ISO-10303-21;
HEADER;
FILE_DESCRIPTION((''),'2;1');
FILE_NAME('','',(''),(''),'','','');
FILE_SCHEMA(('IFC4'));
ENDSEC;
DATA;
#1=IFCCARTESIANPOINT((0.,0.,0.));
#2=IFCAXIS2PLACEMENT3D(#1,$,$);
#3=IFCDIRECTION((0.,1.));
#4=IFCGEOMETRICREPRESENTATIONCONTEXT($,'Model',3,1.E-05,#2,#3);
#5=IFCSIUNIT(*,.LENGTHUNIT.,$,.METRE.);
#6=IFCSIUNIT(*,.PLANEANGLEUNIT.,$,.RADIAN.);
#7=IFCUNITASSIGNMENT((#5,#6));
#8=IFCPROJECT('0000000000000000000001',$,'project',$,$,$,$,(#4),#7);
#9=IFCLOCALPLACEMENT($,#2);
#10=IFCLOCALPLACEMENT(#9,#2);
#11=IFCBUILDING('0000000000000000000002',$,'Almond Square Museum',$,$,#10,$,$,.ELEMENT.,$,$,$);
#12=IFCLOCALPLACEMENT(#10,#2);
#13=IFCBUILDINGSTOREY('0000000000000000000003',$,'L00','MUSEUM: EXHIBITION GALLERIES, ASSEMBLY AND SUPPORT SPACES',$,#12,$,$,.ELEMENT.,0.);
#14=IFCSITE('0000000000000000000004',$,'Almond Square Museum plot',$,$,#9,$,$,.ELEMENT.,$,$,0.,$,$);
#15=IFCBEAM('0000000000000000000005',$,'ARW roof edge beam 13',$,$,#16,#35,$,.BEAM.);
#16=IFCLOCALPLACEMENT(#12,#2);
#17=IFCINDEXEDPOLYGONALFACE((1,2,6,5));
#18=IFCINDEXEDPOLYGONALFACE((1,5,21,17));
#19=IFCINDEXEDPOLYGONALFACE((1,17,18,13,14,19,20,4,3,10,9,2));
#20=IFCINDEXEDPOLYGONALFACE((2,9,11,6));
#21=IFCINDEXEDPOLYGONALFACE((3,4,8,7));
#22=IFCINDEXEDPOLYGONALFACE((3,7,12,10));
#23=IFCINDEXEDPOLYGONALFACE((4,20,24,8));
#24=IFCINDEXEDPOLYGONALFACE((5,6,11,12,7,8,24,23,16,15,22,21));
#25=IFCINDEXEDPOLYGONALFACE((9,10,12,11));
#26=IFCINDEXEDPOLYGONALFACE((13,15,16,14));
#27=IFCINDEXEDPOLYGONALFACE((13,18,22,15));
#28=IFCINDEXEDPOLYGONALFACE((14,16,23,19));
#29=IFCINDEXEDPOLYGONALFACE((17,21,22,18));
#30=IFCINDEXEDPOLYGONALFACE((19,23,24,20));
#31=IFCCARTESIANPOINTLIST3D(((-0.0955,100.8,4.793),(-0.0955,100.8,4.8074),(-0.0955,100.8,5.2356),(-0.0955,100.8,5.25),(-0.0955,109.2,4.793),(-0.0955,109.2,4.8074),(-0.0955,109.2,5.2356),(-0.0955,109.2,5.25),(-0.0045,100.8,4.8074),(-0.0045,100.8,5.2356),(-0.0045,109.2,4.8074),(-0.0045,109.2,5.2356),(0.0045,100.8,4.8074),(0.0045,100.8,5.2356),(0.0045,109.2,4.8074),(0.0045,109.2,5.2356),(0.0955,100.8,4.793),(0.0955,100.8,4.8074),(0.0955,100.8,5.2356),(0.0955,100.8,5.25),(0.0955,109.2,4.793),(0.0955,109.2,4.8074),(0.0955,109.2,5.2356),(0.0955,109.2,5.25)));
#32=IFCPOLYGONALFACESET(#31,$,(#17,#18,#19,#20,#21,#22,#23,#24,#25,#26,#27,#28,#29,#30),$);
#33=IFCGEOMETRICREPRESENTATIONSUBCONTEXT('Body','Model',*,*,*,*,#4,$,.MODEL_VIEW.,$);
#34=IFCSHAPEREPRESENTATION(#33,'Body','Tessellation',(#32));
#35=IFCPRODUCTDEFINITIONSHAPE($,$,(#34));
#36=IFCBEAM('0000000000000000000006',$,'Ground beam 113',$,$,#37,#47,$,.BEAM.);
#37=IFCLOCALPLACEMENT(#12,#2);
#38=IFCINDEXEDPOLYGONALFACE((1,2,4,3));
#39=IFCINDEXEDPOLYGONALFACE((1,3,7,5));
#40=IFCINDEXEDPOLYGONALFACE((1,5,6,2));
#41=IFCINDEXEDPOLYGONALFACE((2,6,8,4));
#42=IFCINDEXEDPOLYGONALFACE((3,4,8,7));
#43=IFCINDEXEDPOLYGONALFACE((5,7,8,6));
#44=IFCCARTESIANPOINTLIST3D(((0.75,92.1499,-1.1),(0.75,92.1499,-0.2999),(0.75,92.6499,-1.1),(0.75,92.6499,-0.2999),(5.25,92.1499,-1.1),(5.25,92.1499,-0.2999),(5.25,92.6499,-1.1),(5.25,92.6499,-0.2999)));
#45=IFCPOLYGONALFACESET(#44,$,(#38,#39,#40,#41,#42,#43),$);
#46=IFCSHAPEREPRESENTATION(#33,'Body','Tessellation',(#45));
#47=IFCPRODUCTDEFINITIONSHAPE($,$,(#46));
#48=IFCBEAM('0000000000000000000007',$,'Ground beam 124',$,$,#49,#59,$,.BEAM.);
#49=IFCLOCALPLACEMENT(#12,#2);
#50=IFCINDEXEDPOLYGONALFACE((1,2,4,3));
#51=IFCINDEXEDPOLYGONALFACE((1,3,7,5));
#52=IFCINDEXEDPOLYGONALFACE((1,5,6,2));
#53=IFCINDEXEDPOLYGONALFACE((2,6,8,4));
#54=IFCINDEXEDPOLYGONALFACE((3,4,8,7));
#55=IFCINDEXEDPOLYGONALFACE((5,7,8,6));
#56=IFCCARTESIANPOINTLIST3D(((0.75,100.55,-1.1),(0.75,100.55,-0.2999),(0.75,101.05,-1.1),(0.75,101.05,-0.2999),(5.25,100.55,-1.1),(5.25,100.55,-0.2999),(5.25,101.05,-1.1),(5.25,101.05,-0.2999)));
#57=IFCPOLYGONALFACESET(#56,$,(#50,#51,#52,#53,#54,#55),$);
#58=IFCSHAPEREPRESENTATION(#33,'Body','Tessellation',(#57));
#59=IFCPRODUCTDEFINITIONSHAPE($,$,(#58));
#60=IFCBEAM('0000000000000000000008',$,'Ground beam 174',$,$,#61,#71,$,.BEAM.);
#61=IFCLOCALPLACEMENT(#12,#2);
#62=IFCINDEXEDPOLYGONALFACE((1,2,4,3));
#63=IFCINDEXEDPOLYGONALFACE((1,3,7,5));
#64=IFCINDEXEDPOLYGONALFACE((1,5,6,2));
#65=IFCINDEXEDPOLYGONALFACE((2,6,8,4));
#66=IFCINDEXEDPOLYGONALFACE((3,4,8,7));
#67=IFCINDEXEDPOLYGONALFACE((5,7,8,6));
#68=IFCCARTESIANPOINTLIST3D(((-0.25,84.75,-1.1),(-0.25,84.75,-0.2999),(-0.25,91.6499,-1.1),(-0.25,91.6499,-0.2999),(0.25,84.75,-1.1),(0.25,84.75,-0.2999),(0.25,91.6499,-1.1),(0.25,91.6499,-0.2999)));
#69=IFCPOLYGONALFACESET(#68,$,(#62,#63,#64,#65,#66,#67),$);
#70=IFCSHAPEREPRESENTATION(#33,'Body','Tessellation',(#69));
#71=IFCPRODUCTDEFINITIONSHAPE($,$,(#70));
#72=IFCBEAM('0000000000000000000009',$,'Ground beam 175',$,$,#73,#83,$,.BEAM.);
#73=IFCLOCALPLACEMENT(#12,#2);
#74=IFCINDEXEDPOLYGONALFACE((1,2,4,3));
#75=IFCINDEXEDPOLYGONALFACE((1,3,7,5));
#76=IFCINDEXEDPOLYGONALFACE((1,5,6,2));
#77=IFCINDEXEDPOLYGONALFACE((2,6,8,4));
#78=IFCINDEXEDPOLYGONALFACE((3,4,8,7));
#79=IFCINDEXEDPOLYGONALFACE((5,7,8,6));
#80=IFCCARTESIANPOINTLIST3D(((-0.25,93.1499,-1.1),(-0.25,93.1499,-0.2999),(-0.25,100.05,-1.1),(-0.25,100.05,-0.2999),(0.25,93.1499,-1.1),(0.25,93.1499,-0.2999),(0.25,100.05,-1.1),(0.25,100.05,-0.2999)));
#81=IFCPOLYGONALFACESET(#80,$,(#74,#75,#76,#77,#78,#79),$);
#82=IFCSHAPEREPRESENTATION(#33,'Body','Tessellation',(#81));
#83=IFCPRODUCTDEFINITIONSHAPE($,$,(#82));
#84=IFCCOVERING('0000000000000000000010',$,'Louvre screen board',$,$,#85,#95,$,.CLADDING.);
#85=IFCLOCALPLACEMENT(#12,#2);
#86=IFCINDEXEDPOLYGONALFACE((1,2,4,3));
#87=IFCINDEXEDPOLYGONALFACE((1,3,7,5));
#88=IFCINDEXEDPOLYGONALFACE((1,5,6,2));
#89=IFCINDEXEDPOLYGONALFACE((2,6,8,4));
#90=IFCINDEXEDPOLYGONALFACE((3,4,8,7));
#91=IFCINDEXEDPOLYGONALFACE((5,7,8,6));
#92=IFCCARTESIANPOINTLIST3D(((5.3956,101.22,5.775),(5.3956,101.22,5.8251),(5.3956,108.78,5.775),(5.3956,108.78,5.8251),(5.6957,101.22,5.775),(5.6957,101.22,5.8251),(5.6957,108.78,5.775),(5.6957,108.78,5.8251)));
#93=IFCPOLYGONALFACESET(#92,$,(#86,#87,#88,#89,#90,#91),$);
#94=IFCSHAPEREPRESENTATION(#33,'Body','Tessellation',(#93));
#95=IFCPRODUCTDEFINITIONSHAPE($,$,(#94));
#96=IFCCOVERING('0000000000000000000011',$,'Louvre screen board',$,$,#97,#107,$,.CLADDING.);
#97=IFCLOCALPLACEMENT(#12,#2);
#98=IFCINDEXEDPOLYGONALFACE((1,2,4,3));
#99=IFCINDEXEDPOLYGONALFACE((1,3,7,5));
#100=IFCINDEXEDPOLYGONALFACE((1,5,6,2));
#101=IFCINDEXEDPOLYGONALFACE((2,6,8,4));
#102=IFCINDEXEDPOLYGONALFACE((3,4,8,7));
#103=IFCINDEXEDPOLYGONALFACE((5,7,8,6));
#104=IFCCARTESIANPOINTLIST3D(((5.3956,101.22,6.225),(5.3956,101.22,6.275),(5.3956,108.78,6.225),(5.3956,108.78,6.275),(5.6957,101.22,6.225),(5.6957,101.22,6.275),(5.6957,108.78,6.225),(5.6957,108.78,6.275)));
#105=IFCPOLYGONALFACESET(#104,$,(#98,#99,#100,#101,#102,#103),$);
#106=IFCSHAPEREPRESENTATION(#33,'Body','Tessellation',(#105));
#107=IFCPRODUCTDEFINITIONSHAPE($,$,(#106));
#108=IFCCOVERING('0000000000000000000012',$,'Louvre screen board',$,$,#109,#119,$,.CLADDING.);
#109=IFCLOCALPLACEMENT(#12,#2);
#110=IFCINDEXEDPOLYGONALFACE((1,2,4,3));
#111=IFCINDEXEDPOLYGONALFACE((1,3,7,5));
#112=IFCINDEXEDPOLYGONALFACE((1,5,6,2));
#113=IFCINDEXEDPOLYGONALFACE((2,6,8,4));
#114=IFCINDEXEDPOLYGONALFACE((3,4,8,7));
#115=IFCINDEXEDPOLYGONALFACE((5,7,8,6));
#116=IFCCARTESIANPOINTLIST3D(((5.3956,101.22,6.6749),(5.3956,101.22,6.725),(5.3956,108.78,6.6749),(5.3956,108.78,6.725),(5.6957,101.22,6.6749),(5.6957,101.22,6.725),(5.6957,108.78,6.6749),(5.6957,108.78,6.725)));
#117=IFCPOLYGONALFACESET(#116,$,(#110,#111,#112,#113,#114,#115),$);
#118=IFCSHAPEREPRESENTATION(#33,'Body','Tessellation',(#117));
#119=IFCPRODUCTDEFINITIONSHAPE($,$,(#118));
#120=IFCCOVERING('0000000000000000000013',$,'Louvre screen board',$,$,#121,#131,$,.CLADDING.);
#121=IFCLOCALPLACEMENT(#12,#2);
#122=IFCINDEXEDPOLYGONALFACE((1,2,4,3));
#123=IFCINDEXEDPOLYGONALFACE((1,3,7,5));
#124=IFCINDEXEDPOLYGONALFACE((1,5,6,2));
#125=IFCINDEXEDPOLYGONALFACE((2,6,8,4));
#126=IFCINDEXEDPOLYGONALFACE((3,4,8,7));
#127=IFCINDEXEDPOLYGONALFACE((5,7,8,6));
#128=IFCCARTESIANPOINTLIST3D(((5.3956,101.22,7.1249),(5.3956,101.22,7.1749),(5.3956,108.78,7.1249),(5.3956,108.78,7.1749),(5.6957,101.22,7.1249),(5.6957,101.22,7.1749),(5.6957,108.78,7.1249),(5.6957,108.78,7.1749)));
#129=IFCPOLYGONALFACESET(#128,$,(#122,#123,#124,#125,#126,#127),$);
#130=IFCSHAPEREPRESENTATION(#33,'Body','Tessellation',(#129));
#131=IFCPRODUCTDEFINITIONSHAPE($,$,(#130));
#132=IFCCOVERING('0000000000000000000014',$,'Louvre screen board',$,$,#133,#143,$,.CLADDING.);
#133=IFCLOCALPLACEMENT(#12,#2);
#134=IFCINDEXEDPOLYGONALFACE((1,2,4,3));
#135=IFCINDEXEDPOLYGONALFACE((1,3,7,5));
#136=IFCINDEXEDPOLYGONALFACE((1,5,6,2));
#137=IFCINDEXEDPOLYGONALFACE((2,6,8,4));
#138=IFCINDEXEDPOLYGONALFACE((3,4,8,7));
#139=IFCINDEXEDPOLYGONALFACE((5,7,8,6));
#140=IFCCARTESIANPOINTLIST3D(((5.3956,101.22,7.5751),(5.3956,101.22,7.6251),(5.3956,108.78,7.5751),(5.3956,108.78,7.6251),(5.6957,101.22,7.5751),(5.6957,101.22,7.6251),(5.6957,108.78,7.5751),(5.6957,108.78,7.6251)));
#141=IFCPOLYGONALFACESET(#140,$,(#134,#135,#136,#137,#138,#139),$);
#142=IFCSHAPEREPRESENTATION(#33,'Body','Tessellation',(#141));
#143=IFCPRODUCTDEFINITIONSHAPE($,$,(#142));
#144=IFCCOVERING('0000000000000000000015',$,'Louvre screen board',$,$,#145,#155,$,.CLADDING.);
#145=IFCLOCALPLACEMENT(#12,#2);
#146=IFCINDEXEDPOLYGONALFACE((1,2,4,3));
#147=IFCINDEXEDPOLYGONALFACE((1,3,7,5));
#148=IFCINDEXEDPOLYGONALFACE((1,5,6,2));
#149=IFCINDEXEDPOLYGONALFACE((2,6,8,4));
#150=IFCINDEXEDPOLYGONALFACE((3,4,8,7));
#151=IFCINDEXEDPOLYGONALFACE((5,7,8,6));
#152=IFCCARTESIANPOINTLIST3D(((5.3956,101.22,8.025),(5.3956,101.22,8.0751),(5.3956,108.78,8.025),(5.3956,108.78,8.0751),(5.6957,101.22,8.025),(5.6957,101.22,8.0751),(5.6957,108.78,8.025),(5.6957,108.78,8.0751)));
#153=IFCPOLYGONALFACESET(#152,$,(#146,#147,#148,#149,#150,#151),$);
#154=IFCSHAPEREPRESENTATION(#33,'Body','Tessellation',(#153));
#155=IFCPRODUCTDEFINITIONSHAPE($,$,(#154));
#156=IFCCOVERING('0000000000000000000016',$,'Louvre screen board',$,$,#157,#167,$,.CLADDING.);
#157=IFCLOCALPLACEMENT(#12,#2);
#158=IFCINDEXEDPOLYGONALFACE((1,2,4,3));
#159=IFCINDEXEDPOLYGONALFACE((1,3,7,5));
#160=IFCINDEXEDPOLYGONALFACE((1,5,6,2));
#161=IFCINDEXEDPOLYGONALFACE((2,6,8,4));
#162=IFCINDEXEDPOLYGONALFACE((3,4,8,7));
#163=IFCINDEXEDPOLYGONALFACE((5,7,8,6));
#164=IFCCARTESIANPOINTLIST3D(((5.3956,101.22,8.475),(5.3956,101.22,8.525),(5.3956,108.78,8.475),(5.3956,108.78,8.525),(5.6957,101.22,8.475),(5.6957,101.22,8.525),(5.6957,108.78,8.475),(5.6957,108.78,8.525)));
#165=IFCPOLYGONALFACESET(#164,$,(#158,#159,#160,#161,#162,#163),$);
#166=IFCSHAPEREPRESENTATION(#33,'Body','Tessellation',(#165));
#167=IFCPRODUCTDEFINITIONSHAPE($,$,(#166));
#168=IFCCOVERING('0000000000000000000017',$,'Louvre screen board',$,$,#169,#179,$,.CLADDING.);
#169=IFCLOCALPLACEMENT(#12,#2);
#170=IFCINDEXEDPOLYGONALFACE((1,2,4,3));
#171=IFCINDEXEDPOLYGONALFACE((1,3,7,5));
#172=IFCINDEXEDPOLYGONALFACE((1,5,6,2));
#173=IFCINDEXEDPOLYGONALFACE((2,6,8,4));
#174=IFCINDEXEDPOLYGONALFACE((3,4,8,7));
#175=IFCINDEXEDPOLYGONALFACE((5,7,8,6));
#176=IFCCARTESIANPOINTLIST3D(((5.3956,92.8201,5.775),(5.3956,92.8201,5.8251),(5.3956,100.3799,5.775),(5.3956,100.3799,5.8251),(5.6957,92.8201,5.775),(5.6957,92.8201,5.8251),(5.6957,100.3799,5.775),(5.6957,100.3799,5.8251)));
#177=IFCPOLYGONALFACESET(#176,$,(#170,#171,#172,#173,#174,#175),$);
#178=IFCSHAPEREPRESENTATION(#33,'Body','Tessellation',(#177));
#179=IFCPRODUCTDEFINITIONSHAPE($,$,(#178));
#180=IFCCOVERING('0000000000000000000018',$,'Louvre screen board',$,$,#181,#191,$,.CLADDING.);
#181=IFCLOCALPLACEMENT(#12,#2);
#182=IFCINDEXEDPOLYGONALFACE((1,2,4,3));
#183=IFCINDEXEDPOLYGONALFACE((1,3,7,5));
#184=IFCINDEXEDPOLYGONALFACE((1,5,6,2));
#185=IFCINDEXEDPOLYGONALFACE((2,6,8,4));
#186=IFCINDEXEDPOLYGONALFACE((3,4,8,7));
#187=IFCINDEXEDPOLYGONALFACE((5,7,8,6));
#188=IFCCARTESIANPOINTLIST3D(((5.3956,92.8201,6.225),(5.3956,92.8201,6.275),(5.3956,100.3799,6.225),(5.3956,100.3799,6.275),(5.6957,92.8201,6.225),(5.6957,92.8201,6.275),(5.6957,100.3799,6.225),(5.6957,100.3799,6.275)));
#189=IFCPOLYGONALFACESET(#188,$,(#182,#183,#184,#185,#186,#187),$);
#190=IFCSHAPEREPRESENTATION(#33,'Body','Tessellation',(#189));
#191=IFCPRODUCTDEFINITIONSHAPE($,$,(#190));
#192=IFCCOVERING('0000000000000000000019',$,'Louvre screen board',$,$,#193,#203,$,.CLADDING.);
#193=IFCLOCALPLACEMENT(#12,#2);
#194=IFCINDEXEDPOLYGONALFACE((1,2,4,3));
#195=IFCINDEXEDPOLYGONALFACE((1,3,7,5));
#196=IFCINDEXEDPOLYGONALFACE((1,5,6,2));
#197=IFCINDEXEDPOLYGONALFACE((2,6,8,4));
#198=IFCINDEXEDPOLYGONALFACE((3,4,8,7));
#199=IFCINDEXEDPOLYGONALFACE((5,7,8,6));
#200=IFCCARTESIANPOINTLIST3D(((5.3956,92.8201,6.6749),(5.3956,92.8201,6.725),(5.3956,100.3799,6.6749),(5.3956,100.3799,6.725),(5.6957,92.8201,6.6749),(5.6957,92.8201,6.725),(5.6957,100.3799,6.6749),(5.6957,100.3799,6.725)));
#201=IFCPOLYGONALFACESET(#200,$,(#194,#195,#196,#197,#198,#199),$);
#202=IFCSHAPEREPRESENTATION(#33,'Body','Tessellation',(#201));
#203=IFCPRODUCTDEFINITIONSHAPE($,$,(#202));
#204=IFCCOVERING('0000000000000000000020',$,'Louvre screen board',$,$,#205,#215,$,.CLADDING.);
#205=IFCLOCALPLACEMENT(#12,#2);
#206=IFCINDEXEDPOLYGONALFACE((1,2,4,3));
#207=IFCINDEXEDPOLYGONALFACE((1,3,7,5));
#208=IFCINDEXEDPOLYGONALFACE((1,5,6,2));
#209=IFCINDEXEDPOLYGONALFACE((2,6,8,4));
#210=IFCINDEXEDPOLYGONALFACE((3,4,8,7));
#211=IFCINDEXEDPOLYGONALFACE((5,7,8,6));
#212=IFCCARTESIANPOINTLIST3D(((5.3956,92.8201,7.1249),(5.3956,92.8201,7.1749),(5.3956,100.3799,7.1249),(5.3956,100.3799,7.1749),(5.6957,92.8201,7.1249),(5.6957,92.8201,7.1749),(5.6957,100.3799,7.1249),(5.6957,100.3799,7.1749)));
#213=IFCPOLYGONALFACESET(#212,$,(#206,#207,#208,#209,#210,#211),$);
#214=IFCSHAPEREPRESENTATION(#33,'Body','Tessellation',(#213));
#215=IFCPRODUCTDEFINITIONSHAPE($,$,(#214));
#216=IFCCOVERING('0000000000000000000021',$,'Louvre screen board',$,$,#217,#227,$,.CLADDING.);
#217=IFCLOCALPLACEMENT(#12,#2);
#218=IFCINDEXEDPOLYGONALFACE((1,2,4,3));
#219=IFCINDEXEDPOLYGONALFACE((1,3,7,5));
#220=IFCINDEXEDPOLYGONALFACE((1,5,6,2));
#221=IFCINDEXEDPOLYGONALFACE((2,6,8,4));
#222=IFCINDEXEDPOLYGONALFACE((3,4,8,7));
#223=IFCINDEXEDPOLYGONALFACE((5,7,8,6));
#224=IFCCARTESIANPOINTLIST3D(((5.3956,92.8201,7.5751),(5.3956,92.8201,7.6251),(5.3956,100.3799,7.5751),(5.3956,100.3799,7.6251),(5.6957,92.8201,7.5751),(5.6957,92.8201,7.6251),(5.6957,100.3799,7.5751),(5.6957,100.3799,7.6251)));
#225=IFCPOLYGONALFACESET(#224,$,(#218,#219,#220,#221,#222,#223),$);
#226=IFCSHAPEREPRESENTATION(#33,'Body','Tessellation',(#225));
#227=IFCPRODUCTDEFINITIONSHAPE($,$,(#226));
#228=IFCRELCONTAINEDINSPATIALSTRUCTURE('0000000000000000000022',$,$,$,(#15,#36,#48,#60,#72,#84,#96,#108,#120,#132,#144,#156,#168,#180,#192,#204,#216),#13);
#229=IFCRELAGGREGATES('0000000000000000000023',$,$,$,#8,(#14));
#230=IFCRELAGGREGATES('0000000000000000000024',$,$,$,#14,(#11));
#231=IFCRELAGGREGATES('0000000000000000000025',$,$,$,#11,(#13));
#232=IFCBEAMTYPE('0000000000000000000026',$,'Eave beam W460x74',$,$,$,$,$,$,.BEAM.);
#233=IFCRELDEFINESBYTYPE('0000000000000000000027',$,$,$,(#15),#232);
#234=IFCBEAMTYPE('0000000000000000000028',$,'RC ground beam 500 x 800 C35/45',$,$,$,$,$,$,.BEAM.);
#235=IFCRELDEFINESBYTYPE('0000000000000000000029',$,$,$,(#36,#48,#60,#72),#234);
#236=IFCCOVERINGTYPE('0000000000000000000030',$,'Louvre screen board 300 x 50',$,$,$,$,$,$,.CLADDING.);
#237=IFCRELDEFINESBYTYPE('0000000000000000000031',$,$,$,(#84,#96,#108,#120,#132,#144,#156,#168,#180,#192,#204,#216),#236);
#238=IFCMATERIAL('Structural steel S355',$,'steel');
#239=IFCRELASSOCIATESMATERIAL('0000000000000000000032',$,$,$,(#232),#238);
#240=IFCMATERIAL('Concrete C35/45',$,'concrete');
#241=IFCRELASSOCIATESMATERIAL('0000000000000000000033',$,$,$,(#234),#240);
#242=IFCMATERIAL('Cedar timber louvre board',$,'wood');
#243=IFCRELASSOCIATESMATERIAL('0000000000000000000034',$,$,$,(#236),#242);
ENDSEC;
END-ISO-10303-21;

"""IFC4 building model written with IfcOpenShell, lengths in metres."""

from ifc_helpers import new_model, si_unit, direction, frame, origin, origin_2d, place, context, subcontext, project, spatial, rectangle, i_section, extrude, material, material_profile, profile_set, type_object, element, save


model = new_model("IFC4")

# Units and contexts
model_context = context("Model", 3, precision=1e-05, world=origin(), true_north=direction((0.0, 1.0)))
body_context = subcontext(model_context, "Body", "Model", "MODEL_VIEW")
ifc_project = project(units=[si_unit("LENGTHUNIT", "METRE"), si_unit("PLANEANGLEUNIT", "RADIAN")], contexts=[model_context])

# Site, building, storey
site_placement = place(None, origin())
site = spatial("IfcSite", under=ifc_project, at=site_placement, Name="Almond Square Museum plot", CompositionType="ELEMENT", RefElevation=0.0)
building_placement = place(site_placement, origin())
building = spatial("IfcBuilding", under=site, at=building_placement, Name="Almond Square Museum", CompositionType="ELEMENT")
storey_placement = place(building_placement, origin())
storey = spatial("IfcBuildingStorey", under=building, at=storey_placement, Name="L00", Description="MUSEUM: EXHIBITION GALLERIES, ASSEMBLY AND SUPPORT SPACES", CompositionType="ELEMENT", Elevation=0.0)

# Beams
ifc_material_1 = material(Name="Structural steel S355", Category="steel")
ifc_material_profile_1 = material_profile(ifc_material_1, i_section(OverallWidth=0.1909, OverallDepth=0.457, WebThickness=0.009, FlangeThickness=0.0144, at=origin_2d()))
ifc_profile_set_1 = profile_set([ifc_material_profile_1], Name="Structural steel S355")
beam_type_1 = type_object("IfcBeamType", Name="Eave beam W460x74", PredefinedType="BEAM", material=ifc_profile_set_1)
beam_1_placement = place(storey_placement, frame((0.0, 100.8, 5.0215), z_axis=(0.0, 1.0, 0.0), x_axis=(-1.0, 0.0, 0.0)))
element("IfcBeam", 1, at=beam_1_placement, inside=storey, type_object=beam_type_1, Name="ARW roof edge beam 13", PredefinedType="BEAM", context=body_context, shape_type="SweptSolid", body=[
    extrude(i_section(OverallWidth=0.1909, OverallDepth=0.457, WebThickness=0.009, FlangeThickness=0.0144, at=origin_2d()), origin(), (0.0, 0.0, 1.0), 8.3999),
])
ifc_material_2 = material(Name="Concrete C35/45", Category="concrete")
ifc_material_profile_2 = material_profile(ifc_material_2, rectangle(XDim=0.5, YDim=0.8, at=origin_2d()))
ifc_profile_set_2 = profile_set([ifc_material_profile_2], Name="Concrete C35/45")
beam_type_2 = type_object("IfcBeamType", Name="RC ground beam 500 x 800 C35/45", PredefinedType="BEAM", material=ifc_profile_set_2)
for number, where, z_axis, x_axis, name in (
    (2, (0.75, 92.3999, -0.7), (1.0, 0.0, 0.0), (0.0, 1.0, 0.0), "Ground beam 113"),
    (3, (0.75, 100.8, -0.7), (1.0, 0.0, 0.0), (0.0, 1.0, 0.0), "Ground beam 124"),
):
    element("IfcBeam", number, at=place(storey_placement, frame(where, z_axis=z_axis, x_axis=x_axis)), inside=storey, type_object=beam_type_2, Name=name, PredefinedType="BEAM", context=body_context, shape_type="SweptSolid", body=[
        extrude(rectangle(XDim=0.5, YDim=0.8, at=origin_2d()), origin(), (0.0, 0.0, 1.0), 4.5),
    ])
beam_2_placement = place(storey_placement, frame((0.0, 84.75, -0.7), z_axis=(0.0, 1.0, 0.0), x_axis=(-1.0, 0.0, 0.0)))
element("IfcBeam", 4, at=beam_2_placement, inside=storey, type_object=beam_type_2, Name="Ground beam 174", PredefinedType="BEAM", context=body_context, shape_type="SweptSolid", body=[
    extrude(rectangle(XDim=0.5, YDim=0.8, at=origin_2d()), origin(), (0.0, 0.0, 1.0), 6.8999),
])
beam_3_placement = place(storey_placement, frame((0.0, 93.1499, -0.7), z_axis=(0.0, 1.0, 0.0), x_axis=(-1.0, 0.0, 0.0)))
element("IfcBeam", 5, at=beam_3_placement, inside=storey, type_object=beam_type_2, Name="Ground beam 175", PredefinedType="BEAM", context=body_context, shape_type="SweptSolid", body=[
    extrude(rectangle(XDim=0.5, YDim=0.8, at=origin_2d()), origin(), (0.0, 0.0, 1.0), 6.9001),
])

# Coverings
ifc_material_3 = material(Name="Cedar timber louvre board", Category="wood")
ifc_material_profile_3 = material_profile(ifc_material_3, rectangle(XDim=0.3, YDim=0.05, at=origin_2d()))
ifc_profile_set_3 = profile_set([ifc_material_profile_3], Name="Cedar timber louvre board")
covering_type = type_object("IfcCoveringType", Name="Louvre screen board 300 x 50", PredefinedType="CLADDING", material=ifc_profile_set_3)
for number, where, z_axis, x_axis, name in (
    (6, (5.5457, 101.22, 5.8), (0.0, 1.0, 0.0), (-1.0, 0.0, 0.0), "Louvre screen board"),
    (7, (5.5457, 101.22, 6.25), (0.0, 1.0, 0.0), (-1.0, 0.0, 0.0), "Louvre screen board"),
    (8, (5.5457, 101.22, 6.7), (0.0, 1.0, 0.0), (-1.0, 0.0, 0.0), "Louvre screen board"),
    (9, (5.5457, 101.22, 7.1499), (0.0, 1.0, 0.0), (-1.0, 0.0, 0.0), "Louvre screen board"),
    (10, (5.5457, 101.22, 7.6001), (0.0, 1.0, 0.0), (-1.0, 0.0, 0.0), "Louvre screen board"),
    (11, (5.5457, 101.22, 8.05), (0.0, 1.0, 0.0), (-1.0, 0.0, 0.0), "Louvre screen board"),
    (12, (5.5457, 101.22, 8.5), (0.0, 1.0, 0.0), (-1.0, 0.0, 0.0), "Louvre screen board"),
):
    element("IfcCovering", number, at=place(storey_placement, frame(where, z_axis=z_axis, x_axis=x_axis)), inside=storey, type_object=covering_type, Name=name, PredefinedType="CLADDING", context=body_context, shape_type="SweptSolid", body=[
        extrude(rectangle(XDim=0.3, YDim=0.05, at=origin_2d()), origin(), (0.0, 0.0, 1.0), 7.5601),
    ])
for number, where, z_axis, x_axis, name in (
    (13, (5.5457, 92.8201, 5.8), (0.0, 1.0, 0.0), (-1.0, 0.0, 0.0), "Louvre screen board"),
    (14, (5.5457, 92.8201, 6.25), (0.0, 1.0, 0.0), (-1.0, 0.0, 0.0), "Louvre screen board"),
    (15, (5.5457, 92.8201, 6.7), (0.0, 1.0, 0.0), (-1.0, 0.0, 0.0), "Louvre screen board"),
    (16, (5.5457, 92.8201, 7.1499), (0.0, 1.0, 0.0), (-1.0, 0.0, 0.0), "Louvre screen board"),
    (17, (5.5457, 92.8201, 7.6001), (0.0, 1.0, 0.0), (-1.0, 0.0, 0.0), "Louvre screen board"),
):
    element("IfcCovering", number, at=place(storey_placement, frame(where, z_axis=z_axis, x_axis=x_axis)), inside=storey, type_object=covering_type, Name=name, PredefinedType="CLADDING", context=body_context, shape_type="SweptSolid", body=[
        extrude(rectangle(XDim=0.3, YDim=0.05, at=origin_2d()), origin(), (0.0, 0.0, 1.0), 7.5598),
    ])

save(model, "model.ifc")
